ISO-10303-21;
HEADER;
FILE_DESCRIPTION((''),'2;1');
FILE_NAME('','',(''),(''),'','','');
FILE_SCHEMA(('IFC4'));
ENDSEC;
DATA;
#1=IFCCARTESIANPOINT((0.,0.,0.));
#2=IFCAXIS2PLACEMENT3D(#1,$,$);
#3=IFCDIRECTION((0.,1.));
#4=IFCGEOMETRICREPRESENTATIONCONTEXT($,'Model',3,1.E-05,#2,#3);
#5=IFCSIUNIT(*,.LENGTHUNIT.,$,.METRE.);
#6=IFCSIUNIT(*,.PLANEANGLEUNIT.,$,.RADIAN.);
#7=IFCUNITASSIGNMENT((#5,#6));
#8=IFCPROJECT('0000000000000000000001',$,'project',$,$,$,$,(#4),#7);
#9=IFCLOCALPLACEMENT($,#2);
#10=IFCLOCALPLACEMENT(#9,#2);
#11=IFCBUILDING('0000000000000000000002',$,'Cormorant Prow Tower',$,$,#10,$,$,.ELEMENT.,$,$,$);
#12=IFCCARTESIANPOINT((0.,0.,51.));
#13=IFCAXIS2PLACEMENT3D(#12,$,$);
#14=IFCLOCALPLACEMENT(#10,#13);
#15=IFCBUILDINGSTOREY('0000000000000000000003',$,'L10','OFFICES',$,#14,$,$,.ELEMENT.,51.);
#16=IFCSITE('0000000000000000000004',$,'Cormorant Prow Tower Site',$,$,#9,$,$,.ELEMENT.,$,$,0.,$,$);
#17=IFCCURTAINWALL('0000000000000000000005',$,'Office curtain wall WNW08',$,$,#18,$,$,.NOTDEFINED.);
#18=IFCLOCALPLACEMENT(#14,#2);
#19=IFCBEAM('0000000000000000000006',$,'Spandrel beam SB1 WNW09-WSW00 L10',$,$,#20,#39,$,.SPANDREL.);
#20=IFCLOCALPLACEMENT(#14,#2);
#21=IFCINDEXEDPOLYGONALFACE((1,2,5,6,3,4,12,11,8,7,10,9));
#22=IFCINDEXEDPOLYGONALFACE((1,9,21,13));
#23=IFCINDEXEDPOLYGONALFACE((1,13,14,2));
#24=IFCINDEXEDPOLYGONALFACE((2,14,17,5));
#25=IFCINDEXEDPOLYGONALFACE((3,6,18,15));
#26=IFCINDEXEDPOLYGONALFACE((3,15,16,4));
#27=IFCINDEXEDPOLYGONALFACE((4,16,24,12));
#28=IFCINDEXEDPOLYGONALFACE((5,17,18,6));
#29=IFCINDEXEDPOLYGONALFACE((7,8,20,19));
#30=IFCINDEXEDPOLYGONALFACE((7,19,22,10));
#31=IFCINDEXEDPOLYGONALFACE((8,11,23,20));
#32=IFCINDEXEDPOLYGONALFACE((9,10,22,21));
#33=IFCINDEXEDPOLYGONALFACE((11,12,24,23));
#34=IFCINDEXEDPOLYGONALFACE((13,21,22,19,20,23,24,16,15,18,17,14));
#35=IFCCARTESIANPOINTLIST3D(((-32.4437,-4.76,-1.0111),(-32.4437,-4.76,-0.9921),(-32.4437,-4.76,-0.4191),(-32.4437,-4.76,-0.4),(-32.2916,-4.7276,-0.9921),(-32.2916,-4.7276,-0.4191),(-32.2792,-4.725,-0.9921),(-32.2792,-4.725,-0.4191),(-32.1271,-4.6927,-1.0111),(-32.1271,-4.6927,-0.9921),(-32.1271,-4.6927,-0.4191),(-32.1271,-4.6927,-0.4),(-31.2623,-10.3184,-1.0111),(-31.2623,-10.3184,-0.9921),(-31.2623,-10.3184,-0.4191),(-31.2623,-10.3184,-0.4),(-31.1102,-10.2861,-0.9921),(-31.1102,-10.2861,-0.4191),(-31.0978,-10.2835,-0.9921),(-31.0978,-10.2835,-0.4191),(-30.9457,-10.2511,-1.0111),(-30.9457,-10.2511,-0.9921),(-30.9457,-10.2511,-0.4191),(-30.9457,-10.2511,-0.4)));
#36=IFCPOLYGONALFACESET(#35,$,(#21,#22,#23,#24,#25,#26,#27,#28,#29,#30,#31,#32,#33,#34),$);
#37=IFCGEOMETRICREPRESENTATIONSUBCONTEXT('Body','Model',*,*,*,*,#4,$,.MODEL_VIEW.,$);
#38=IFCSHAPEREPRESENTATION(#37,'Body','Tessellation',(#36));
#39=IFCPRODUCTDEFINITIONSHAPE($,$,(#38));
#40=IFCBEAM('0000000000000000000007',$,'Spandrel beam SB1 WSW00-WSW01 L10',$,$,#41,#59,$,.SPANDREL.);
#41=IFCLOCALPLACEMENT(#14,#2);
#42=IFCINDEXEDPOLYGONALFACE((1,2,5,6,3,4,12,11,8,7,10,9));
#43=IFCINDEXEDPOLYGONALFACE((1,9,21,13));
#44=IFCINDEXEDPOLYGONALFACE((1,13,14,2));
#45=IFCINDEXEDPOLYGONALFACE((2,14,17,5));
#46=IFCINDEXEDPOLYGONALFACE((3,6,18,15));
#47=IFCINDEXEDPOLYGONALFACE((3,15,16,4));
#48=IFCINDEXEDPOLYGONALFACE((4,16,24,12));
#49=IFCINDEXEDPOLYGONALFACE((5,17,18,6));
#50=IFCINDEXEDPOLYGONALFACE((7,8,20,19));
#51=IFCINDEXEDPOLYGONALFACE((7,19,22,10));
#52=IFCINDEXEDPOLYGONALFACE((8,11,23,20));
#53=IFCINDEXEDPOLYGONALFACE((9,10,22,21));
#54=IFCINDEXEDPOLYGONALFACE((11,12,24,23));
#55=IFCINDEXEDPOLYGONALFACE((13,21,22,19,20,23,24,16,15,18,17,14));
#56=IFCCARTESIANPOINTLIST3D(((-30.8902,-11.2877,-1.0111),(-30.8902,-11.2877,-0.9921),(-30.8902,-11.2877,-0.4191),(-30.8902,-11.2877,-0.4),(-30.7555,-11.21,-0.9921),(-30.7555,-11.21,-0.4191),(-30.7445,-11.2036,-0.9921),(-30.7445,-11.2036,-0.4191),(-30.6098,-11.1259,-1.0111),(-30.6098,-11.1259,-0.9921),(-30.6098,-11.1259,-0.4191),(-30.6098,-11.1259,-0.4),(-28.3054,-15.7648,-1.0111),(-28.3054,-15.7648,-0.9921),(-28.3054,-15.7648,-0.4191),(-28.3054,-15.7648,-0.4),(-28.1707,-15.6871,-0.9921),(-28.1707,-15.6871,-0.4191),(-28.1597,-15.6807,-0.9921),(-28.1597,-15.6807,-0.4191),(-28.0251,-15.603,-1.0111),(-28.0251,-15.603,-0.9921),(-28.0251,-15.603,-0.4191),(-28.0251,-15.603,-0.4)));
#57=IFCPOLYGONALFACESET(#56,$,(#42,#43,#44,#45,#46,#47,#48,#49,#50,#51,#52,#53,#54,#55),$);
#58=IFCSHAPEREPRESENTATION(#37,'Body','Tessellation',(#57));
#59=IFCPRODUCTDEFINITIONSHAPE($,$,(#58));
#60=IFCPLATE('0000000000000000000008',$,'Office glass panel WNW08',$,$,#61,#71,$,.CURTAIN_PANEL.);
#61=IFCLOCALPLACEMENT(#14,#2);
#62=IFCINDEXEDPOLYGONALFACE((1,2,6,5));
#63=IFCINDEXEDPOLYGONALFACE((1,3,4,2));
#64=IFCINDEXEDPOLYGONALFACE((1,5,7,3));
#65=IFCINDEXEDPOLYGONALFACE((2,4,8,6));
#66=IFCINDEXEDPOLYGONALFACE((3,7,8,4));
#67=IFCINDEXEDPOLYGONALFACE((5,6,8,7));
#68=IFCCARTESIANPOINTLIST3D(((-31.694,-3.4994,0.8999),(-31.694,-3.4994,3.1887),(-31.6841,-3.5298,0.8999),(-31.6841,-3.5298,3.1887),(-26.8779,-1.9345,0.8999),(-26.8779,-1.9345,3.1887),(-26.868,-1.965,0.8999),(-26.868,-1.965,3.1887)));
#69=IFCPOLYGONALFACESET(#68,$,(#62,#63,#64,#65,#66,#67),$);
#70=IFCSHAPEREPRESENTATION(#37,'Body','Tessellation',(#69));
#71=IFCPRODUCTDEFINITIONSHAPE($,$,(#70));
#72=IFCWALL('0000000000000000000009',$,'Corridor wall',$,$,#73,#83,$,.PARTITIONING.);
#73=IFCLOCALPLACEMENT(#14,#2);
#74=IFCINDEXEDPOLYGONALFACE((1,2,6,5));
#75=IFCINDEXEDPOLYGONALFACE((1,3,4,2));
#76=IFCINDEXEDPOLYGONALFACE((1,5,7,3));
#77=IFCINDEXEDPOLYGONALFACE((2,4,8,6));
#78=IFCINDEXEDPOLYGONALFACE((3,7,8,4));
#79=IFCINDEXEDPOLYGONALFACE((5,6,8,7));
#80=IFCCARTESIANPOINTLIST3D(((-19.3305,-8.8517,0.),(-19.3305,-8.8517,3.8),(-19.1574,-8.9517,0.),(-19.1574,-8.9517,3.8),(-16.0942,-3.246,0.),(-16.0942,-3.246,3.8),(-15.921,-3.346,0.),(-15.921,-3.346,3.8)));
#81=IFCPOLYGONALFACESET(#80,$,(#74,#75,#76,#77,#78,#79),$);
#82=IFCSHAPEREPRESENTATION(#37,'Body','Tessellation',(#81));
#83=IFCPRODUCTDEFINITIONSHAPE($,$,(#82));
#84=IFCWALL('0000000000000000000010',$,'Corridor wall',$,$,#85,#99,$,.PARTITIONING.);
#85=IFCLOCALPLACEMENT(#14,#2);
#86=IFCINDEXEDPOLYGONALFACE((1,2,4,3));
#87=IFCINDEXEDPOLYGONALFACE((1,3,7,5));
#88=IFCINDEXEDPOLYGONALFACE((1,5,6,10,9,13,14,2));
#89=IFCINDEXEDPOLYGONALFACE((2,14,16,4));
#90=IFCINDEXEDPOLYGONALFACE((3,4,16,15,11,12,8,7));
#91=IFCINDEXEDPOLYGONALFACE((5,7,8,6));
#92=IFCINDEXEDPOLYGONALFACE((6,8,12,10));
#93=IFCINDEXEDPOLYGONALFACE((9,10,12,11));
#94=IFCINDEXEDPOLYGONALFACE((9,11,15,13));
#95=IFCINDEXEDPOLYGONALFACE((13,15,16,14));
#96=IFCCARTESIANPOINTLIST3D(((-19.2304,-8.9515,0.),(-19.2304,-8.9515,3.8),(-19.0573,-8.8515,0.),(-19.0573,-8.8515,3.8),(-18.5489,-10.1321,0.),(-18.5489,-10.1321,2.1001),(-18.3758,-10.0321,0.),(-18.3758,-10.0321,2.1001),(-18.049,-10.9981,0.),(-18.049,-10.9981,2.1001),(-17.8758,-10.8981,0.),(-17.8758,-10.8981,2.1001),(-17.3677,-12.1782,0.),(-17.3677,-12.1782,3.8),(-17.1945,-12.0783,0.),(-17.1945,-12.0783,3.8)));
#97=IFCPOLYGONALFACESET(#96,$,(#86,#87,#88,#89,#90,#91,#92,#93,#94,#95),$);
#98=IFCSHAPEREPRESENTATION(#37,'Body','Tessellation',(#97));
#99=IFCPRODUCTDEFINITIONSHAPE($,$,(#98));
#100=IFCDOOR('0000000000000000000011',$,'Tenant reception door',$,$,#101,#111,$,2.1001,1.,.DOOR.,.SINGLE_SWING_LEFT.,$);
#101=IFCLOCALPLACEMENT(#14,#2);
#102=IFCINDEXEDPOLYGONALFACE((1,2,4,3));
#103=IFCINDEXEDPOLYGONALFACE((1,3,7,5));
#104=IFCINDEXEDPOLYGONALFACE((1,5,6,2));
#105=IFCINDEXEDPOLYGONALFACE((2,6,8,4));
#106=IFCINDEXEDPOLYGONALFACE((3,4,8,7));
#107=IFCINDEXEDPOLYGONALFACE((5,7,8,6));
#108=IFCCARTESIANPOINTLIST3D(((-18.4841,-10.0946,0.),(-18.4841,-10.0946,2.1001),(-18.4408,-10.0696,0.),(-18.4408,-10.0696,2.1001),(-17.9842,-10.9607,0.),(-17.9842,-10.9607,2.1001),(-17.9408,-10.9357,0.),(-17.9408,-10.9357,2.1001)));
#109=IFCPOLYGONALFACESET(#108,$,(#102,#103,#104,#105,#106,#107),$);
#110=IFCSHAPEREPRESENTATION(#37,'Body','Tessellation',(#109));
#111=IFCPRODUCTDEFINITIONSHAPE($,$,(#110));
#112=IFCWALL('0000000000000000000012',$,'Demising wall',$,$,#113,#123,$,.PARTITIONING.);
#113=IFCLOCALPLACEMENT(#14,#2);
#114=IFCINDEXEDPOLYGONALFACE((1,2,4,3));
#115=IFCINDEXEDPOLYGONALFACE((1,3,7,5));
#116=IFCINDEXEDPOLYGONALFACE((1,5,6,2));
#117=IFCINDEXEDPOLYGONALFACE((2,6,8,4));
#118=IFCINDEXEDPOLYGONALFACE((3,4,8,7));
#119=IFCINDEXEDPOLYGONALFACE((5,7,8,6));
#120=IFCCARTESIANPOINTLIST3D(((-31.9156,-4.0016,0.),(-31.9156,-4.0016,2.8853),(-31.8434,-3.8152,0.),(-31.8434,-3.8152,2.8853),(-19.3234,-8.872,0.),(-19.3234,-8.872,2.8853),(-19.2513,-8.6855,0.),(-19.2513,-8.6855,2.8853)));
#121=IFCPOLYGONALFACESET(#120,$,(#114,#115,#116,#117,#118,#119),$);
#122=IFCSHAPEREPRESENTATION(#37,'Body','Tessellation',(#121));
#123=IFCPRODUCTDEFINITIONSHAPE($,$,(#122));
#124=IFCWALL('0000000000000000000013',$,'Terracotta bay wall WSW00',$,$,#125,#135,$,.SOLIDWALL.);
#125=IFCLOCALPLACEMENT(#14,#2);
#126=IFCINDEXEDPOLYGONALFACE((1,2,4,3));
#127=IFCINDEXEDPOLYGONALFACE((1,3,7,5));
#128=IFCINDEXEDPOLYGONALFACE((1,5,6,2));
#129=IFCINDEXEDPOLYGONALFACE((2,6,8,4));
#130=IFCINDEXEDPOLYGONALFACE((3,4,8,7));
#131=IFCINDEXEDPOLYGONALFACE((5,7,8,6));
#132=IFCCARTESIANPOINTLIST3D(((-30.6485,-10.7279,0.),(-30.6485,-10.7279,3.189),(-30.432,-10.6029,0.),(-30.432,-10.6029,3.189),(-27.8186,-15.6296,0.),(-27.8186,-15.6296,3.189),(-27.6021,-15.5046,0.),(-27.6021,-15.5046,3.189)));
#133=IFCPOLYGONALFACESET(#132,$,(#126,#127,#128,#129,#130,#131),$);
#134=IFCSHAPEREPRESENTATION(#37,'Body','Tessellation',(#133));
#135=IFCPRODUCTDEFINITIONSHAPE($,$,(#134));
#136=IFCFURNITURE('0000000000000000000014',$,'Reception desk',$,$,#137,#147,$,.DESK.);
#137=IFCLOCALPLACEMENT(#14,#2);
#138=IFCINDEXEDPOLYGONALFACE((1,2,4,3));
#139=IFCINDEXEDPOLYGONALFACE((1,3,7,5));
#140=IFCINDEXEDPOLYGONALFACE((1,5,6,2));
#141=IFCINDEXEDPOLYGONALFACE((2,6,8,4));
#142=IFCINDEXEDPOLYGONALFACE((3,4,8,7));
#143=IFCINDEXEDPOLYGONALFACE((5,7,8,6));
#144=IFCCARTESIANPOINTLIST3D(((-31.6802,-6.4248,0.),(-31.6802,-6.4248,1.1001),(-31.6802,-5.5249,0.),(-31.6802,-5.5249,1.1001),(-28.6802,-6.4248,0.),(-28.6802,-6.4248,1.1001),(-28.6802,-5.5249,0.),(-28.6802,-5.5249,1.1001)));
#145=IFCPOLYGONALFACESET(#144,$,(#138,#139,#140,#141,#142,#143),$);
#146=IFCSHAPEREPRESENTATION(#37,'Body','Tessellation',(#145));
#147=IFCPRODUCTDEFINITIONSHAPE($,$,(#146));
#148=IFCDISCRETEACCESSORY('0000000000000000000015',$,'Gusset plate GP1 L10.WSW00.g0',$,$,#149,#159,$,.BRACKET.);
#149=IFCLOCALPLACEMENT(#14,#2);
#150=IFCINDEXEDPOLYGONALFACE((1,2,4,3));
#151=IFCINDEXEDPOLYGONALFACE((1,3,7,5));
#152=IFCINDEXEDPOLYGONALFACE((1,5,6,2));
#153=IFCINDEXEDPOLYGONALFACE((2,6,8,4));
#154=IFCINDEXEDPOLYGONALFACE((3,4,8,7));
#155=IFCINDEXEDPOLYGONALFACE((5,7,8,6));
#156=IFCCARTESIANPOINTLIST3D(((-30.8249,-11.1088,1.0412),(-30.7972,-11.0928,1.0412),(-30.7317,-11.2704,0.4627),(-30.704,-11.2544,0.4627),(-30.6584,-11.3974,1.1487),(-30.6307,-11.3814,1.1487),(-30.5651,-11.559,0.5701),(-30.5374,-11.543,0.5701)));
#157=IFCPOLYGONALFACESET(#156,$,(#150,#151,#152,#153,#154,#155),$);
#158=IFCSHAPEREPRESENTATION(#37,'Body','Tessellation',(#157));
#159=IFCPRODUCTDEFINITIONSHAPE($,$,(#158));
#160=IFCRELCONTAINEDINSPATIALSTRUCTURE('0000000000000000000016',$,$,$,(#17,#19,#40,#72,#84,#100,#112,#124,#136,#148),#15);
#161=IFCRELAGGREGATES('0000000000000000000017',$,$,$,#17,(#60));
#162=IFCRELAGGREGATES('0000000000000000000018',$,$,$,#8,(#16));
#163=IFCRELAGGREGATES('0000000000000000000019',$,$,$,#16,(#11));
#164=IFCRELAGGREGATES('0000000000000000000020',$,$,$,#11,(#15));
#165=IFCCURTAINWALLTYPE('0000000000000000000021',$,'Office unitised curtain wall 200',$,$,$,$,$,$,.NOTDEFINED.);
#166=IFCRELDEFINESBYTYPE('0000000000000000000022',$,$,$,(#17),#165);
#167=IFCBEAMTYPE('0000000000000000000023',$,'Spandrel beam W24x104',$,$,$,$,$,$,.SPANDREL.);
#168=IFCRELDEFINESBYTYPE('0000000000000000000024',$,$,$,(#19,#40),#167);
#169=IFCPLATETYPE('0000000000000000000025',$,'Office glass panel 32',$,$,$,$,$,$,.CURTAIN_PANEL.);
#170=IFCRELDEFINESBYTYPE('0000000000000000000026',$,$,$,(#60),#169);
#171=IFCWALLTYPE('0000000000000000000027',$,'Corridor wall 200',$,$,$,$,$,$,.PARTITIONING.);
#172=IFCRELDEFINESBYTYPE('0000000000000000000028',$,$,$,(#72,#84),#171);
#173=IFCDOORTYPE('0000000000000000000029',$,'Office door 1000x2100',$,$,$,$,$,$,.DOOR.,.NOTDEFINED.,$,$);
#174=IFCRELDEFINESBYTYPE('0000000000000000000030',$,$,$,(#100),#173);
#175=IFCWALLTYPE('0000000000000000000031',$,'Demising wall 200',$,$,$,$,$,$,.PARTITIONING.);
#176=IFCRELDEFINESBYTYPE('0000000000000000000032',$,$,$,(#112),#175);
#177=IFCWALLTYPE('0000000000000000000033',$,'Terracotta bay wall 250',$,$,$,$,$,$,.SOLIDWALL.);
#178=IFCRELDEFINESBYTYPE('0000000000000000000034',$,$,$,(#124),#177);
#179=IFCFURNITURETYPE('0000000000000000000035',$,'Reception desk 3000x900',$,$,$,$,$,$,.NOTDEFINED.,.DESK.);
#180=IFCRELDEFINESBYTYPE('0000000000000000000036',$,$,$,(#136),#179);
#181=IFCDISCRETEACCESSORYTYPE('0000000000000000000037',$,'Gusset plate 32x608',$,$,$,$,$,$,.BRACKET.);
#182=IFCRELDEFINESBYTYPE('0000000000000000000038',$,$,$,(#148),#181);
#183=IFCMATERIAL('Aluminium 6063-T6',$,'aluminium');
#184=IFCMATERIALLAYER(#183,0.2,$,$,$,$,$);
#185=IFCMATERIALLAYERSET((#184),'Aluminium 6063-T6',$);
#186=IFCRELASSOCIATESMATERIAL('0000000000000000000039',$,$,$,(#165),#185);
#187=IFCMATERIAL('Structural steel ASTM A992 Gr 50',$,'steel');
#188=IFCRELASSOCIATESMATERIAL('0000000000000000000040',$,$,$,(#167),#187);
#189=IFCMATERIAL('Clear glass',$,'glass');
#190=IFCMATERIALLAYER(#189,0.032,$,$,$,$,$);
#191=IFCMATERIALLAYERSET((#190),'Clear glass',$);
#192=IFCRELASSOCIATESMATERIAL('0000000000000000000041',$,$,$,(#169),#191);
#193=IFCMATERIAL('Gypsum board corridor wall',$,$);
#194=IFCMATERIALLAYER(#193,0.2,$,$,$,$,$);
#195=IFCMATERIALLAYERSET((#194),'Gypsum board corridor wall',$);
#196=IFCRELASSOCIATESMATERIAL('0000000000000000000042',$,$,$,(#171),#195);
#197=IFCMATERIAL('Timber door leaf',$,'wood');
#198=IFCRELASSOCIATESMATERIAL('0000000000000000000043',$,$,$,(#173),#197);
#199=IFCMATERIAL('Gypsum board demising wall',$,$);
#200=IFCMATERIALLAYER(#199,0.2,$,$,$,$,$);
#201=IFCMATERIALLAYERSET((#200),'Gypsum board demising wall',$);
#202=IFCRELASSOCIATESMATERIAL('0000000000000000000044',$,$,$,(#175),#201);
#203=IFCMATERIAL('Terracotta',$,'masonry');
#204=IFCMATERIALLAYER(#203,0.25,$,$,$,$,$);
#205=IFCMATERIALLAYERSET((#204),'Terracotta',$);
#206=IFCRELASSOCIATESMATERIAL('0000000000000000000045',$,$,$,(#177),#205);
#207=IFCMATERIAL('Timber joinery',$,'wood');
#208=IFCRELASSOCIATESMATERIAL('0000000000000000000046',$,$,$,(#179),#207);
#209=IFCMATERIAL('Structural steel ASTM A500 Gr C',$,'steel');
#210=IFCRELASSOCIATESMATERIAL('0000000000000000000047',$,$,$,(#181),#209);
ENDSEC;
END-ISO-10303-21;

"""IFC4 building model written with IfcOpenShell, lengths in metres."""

from ifc_helpers import new_model, si_unit, direction, frame, frame_2d, origin, origin_2d, place, context, subcontext, project, spatial, rectangle, i_section, extrude, material, layer, layer_set, material_profile, profile_set, type_object, element, fill, aggregate, save


model = new_model("IFC4")

# Units and contexts
model_context = context("Model", 3, precision=1e-05, world=origin(), true_north=direction((0.0, 1.0)))
body_context = subcontext(model_context, "Body", "Model", "MODEL_VIEW")
ifc_project = project(units=[si_unit("LENGTHUNIT", "METRE"), si_unit("PLANEANGLEUNIT", "RADIAN")], contexts=[model_context])

# Site, building, storey
site_placement = place(None, origin())
site = spatial("IfcSite", under=ifc_project, at=site_placement, Name="Cormorant Prow Tower Site", CompositionType="ELEMENT", RefElevation=0.0)
building_placement = place(site_placement, origin())
building = spatial("IfcBuilding", under=site, at=building_placement, Name="Cormorant Prow Tower", CompositionType="ELEMENT")
storey_placement = place(building_placement, frame((0.0, 0.0, 51.0)))
storey = spatial("IfcBuildingStorey", under=building, at=storey_placement, Name="L10", Description="OFFICES", CompositionType="ELEMENT", Elevation=51.0)

# Curtain wall
ifc_material_1 = material(Name="Aluminium 6063-T6", Category="aluminium")
ifc_layer_1 = layer(ifc_material_1, 0.2)
ifc_layer_set_1 = layer_set([ifc_layer_1], Name="Aluminium 6063-T6")
curtain_wall_type = type_object("IfcCurtainWallType", Name="Office unitised curtain wall 200", PredefinedType="NOTDEFINED", material=ifc_layer_set_1)
curtain_wall_placement = place(storey_placement, origin())
curtain_wall = element("IfcCurtainWall", 1, at=curtain_wall_placement, inside=storey, type_object=curtain_wall_type, Name="Office curtain wall WNW08", PredefinedType="NOTDEFINED")

# Beams
ifc_material_2 = material(Name="Structural steel ASTM A992 Gr 50", Category="steel")
ifc_material_profile_1 = material_profile(ifc_material_2, i_section(OverallWidth=0.3237, OverallDepth=0.6111, WebThickness=0.0127, FlangeThickness=0.019, at=origin_2d()), Name="W24x104")
ifc_profile_set_1 = profile_set([ifc_material_profile_1], Name="Structural steel ASTM A992 Gr 50")
beam_type_1 = type_object("IfcBeamType", Name="Spandrel beam W24x104", PredefinedType="SPANDREL", material=ifc_profile_set_1)
beam_1_placement = place(storey_placement, frame((-32.2854, -4.7263, -0.7056), z_axis=(0.2079, -0.97815, 0.0), x_axis=(0.97815, 0.2079, 0.0)))
element("IfcBeam", 2, at=beam_1_placement, inside=storey, type_object=beam_type_1, Name="Spandrel beam SB1 WNW09-WSW00 L10", PredefinedType="SPANDREL", context=body_context, shape_type="SweptSolid", body=[
    extrude(i_section(OverallWidth=0.3237, OverallDepth=0.6111, WebThickness=0.0127, FlangeThickness=0.019, at=origin_2d()), origin(), (0.0, 0.0, 1.0), 5.6826),
])
beam_2_placement = place(storey_placement, frame((-30.75, -11.2068, -0.7056), z_axis=(0.499984, -0.866035, 0.0), x_axis=(0.866035, 0.499984, 0.0)))
element("IfcBeam", 3, at=beam_2_placement, inside=storey, type_object=beam_type_1, Name="Spandrel beam SB1 WSW00-WSW01 L10", PredefinedType="SPANDREL", context=body_context, shape_type="SweptSolid", body=[
    extrude(i_section(OverallWidth=0.3237, OverallDepth=0.6111, WebThickness=0.0127, FlangeThickness=0.019, at=origin_2d()), origin(), (0.0, 0.0, 1.0), 5.1697),
])

# Plate
ifc_material_3 = material(Name="Clear glass", Category="glass")
ifc_layer_2 = layer(ifc_material_3, 0.032)
ifc_layer_set_2 = layer_set([ifc_layer_2], Name="Clear glass")
plate_type = type_object("IfcPlateType", Name="Office glass panel 32", PredefinedType="CURTAIN_PANEL", material=ifc_layer_set_2)
plate_placement = place(storey_placement, frame((-29.281, -2.7322, 0.8999), z_axis=(0.0, 0.0, 1.0), x_axis=(-0.951057, -0.309017, 0.0)))
plate = element("IfcPlate", 4, at=plate_placement, type_object=plate_type, Name="Office glass panel WNW08", PredefinedType="CURTAIN_PANEL", context=body_context, shape_type="SweptSolid", body=[
    extrude(rectangle(XDim=5.064, YDim=0.032, at=origin_2d()), origin(), (0.0, 0.0, 1.0), 2.2888),
])
aggregate(curtain_wall, [plate])

# Wall
ifc_material_4 = material(Name="Gypsum board corridor wall")
ifc_layer_3 = layer(ifc_material_4, 0.2)
ifc_layer_set_3 = layer_set([ifc_layer_3], Name="Gypsum board corridor wall")
wall_type_1 = type_object("IfcWallType", Name="Corridor wall 200", PredefinedType="PARTITIONING", material=ifc_layer_set_3)
wall_1_placement = place(storey_placement, frame((-19.2439, -8.9016, 0.0), z_axis=(0.0, 0.0, 1.0), x_axis=(0.499985, 0.866034, 0.0)))
element("IfcWall", 5, at=wall_1_placement, inside=storey, type_object=wall_type_1, Name="Corridor wall", PredefinedType="PARTITIONING", context=body_context, shape_type="SweptSolid", body=[
    extrude(rectangle(XDim=6.4729, YDim=0.2, at=frame_2d((3.2363, 0.0))), origin(), (0.0, 0.0, 1.0), 3.8),
])

# Wall, opening, door
wall_2_placement = place(storey_placement, frame((-19.1438, -8.9016, 0.0), z_axis=(0.0, 0.0, 1.0), x_axis=(0.499959, -0.866049, 0.0)))
wall_2 = element("IfcWall", 6, at=wall_2_placement, inside=storey, type_object=wall_type_1, Name="Corridor wall", PredefinedType="PARTITIONING", context=body_context, shape_type="SweptSolid", body=[
    extrude(rectangle(XDim=3.7258, YDim=0.2, at=frame_2d((1.8628, 0.0))), origin(), (0.0, 0.0, 1.0), 3.8),
])
opening_1_placement = place(wall_2_placement, frame((1.363, 0.0, 0.0)))
opening_1 = element("IfcOpeningElement", 7, at=opening_1_placement, cuts=wall_2, PredefinedType="OPENING", context=body_context, shape_type="SweptSolid", body=[
    extrude(rectangle(XDim=1.0, YDim=2.1001, at=frame_2d((0.5, 1.05))), frame((0.0, 0.1099, 0.0), z_axis=(0.0, -1.0, 0.0), x_axis=(1.0, 0.0, 0.0)), (0.0, 0.0, 1.0), 0.22),
])
ifc_material_5 = material(Name="Timber door leaf", Category="wood")
door_type_1 = type_object("IfcDoorType", Name="Office door 1000x2100", OperationType="NOTDEFINED", PredefinedType="DOOR", material=ifc_material_5)
door_1_placement = place(opening_1_placement, origin())
door_1 = element("IfcDoor", 8, at=door_1_placement, inside=storey, type_object=door_type_1, Name="Tenant reception door", OperationType="SINGLE_SWING_LEFT", OverallHeight=2.1001, OverallWidth=1.0, PredefinedType="DOOR", context=body_context, shape_type="SweptSolid", body=[
    extrude(rectangle(XDim=1.0, YDim=2.1001, at=frame_2d((0.5, 1.05))), frame((0.0, 0.0249, 0.0), z_axis=(0.0, -1.0, 0.0), x_axis=(1.0, 0.0, 0.0)), (0.0, 0.0, 1.0), 0.05),
])
fill(opening_1, door_1)

# Walls
ifc_material_6 = material(Name="Gypsum board demising wall")
ifc_layer_4 = layer(ifc_material_6, 0.2)
ifc_layer_set_4 = layer_set([ifc_layer_4], Name="Gypsum board demising wall")
wall_type_2 = type_object("IfcWallType", Name="Demising wall 200", PredefinedType="PARTITIONING", material=ifc_layer_set_4)
wall_3_placement = place(storey_placement, frame((-31.8794, -3.9084, 0.0), z_axis=(0.0, 0.0, 1.0), x_axis=(0.93267, -0.360732, 0.0)))
element("IfcWall", 9, at=wall_3_placement, inside=storey, type_object=wall_type_2, Name="Demising wall", PredefinedType="PARTITIONING", context=body_context, shape_type="SweptSolid", body=[
    extrude(rectangle(XDim=13.5012, YDim=0.2, at=frame_2d((6.7505, 0.0))), origin(), (0.0, 0.0, 1.0), 2.8853),
])
ifc_material_7 = material(Name="Terracotta", Category="masonry")
ifc_layer_5 = layer(ifc_material_7, 0.25)
ifc_layer_set_5 = layer_set([ifc_layer_5], Name="Terracotta")
wall_type_3 = type_object("IfcWallType", Name="Terracotta bay wall 250", PredefinedType="SOLIDWALL", material=ifc_layer_set_5)
wall_4_placement = place(storey_placement, frame((-30.5403, -10.6653, 0.0), z_axis=(0.0, 0.0, 1.0), x_axis=(0.499985, -0.866034, 0.0)))
element("IfcWall", 10, at=wall_4_placement, inside=storey, type_object=wall_type_3, Name="Terracotta bay wall WSW00", PredefinedType="SOLIDWALL", context=body_context, shape_type="SweptSolid", body=[
    extrude(rectangle(XDim=5.6599, YDim=0.25, at=frame_2d((2.8301, 0.0))), origin(), (0.0, 0.0, 1.0), 3.189),
])

# Furniture
ifc_material_8 = material(Name="Timber joinery", Category="wood")
furniture_type = type_object("IfcFurnitureType", Name="Reception desk 3000x900", AssemblyPlace="NOTDEFINED", PredefinedType="DESK", material=ifc_material_8)
furniture_placement = place(storey_placement, frame((-30.1802, -5.9749, 0.0), z_axis=(0.0, 0.0, 1.0), x_axis=(1.0, 0.0, 0.0)))
element("IfcFurniture", 11, at=furniture_placement, inside=storey, type_object=furniture_type, Name="Reception desk", PredefinedType="DESK", context=body_context, shape_type="SweptSolid", body=[
    extrude(rectangle(XDim=3.0, YDim=0.8999, at=origin_2d()), origin(), (0.0, 0.0, 1.0), 1.1001),
])

# Discrete accessory
ifc_material_9 = material(Name="Structural steel ASTM A500 Gr C", Category="steel")
ifc_material_profile_2 = material_profile(ifc_material_9, rectangle(XDim=0.032, YDim=0.6079, at=origin_2d()), Name="Gusset plate 32x608")
ifc_profile_set_2 = profile_set([ifc_material_profile_2], Name="Structural steel ASTM A500 Gr C")
discrete_accessory_type = type_object("IfcDiscreteAccessoryType", Name="Gusset plate 32x608", PredefinedType="BRACKET", material=ifc_profile_set_2)
discrete_accessory_placement = place(storey_placement, frame((-30.5979, -11.4702, 0.8594), z_axis=(-0.475652, 0.82437, -0.306872), x_axis=(-0.866161, -0.499765, 0.0)))
element("IfcDiscreteAccessory", 12, at=discrete_accessory_placement, inside=storey, type_object=discrete_accessory_type, Name="Gusset plate GP1 L10.WSW00.g0", PredefinedType="BRACKET", context=body_context, shape_type="SweptSolid", body=[
    extrude(rectangle(XDim=0.032, YDim=0.6079, at=origin_2d()), origin(), (0.0, 0.0, 1.0), 0.3501),
])

save(model, "model.ifc")
